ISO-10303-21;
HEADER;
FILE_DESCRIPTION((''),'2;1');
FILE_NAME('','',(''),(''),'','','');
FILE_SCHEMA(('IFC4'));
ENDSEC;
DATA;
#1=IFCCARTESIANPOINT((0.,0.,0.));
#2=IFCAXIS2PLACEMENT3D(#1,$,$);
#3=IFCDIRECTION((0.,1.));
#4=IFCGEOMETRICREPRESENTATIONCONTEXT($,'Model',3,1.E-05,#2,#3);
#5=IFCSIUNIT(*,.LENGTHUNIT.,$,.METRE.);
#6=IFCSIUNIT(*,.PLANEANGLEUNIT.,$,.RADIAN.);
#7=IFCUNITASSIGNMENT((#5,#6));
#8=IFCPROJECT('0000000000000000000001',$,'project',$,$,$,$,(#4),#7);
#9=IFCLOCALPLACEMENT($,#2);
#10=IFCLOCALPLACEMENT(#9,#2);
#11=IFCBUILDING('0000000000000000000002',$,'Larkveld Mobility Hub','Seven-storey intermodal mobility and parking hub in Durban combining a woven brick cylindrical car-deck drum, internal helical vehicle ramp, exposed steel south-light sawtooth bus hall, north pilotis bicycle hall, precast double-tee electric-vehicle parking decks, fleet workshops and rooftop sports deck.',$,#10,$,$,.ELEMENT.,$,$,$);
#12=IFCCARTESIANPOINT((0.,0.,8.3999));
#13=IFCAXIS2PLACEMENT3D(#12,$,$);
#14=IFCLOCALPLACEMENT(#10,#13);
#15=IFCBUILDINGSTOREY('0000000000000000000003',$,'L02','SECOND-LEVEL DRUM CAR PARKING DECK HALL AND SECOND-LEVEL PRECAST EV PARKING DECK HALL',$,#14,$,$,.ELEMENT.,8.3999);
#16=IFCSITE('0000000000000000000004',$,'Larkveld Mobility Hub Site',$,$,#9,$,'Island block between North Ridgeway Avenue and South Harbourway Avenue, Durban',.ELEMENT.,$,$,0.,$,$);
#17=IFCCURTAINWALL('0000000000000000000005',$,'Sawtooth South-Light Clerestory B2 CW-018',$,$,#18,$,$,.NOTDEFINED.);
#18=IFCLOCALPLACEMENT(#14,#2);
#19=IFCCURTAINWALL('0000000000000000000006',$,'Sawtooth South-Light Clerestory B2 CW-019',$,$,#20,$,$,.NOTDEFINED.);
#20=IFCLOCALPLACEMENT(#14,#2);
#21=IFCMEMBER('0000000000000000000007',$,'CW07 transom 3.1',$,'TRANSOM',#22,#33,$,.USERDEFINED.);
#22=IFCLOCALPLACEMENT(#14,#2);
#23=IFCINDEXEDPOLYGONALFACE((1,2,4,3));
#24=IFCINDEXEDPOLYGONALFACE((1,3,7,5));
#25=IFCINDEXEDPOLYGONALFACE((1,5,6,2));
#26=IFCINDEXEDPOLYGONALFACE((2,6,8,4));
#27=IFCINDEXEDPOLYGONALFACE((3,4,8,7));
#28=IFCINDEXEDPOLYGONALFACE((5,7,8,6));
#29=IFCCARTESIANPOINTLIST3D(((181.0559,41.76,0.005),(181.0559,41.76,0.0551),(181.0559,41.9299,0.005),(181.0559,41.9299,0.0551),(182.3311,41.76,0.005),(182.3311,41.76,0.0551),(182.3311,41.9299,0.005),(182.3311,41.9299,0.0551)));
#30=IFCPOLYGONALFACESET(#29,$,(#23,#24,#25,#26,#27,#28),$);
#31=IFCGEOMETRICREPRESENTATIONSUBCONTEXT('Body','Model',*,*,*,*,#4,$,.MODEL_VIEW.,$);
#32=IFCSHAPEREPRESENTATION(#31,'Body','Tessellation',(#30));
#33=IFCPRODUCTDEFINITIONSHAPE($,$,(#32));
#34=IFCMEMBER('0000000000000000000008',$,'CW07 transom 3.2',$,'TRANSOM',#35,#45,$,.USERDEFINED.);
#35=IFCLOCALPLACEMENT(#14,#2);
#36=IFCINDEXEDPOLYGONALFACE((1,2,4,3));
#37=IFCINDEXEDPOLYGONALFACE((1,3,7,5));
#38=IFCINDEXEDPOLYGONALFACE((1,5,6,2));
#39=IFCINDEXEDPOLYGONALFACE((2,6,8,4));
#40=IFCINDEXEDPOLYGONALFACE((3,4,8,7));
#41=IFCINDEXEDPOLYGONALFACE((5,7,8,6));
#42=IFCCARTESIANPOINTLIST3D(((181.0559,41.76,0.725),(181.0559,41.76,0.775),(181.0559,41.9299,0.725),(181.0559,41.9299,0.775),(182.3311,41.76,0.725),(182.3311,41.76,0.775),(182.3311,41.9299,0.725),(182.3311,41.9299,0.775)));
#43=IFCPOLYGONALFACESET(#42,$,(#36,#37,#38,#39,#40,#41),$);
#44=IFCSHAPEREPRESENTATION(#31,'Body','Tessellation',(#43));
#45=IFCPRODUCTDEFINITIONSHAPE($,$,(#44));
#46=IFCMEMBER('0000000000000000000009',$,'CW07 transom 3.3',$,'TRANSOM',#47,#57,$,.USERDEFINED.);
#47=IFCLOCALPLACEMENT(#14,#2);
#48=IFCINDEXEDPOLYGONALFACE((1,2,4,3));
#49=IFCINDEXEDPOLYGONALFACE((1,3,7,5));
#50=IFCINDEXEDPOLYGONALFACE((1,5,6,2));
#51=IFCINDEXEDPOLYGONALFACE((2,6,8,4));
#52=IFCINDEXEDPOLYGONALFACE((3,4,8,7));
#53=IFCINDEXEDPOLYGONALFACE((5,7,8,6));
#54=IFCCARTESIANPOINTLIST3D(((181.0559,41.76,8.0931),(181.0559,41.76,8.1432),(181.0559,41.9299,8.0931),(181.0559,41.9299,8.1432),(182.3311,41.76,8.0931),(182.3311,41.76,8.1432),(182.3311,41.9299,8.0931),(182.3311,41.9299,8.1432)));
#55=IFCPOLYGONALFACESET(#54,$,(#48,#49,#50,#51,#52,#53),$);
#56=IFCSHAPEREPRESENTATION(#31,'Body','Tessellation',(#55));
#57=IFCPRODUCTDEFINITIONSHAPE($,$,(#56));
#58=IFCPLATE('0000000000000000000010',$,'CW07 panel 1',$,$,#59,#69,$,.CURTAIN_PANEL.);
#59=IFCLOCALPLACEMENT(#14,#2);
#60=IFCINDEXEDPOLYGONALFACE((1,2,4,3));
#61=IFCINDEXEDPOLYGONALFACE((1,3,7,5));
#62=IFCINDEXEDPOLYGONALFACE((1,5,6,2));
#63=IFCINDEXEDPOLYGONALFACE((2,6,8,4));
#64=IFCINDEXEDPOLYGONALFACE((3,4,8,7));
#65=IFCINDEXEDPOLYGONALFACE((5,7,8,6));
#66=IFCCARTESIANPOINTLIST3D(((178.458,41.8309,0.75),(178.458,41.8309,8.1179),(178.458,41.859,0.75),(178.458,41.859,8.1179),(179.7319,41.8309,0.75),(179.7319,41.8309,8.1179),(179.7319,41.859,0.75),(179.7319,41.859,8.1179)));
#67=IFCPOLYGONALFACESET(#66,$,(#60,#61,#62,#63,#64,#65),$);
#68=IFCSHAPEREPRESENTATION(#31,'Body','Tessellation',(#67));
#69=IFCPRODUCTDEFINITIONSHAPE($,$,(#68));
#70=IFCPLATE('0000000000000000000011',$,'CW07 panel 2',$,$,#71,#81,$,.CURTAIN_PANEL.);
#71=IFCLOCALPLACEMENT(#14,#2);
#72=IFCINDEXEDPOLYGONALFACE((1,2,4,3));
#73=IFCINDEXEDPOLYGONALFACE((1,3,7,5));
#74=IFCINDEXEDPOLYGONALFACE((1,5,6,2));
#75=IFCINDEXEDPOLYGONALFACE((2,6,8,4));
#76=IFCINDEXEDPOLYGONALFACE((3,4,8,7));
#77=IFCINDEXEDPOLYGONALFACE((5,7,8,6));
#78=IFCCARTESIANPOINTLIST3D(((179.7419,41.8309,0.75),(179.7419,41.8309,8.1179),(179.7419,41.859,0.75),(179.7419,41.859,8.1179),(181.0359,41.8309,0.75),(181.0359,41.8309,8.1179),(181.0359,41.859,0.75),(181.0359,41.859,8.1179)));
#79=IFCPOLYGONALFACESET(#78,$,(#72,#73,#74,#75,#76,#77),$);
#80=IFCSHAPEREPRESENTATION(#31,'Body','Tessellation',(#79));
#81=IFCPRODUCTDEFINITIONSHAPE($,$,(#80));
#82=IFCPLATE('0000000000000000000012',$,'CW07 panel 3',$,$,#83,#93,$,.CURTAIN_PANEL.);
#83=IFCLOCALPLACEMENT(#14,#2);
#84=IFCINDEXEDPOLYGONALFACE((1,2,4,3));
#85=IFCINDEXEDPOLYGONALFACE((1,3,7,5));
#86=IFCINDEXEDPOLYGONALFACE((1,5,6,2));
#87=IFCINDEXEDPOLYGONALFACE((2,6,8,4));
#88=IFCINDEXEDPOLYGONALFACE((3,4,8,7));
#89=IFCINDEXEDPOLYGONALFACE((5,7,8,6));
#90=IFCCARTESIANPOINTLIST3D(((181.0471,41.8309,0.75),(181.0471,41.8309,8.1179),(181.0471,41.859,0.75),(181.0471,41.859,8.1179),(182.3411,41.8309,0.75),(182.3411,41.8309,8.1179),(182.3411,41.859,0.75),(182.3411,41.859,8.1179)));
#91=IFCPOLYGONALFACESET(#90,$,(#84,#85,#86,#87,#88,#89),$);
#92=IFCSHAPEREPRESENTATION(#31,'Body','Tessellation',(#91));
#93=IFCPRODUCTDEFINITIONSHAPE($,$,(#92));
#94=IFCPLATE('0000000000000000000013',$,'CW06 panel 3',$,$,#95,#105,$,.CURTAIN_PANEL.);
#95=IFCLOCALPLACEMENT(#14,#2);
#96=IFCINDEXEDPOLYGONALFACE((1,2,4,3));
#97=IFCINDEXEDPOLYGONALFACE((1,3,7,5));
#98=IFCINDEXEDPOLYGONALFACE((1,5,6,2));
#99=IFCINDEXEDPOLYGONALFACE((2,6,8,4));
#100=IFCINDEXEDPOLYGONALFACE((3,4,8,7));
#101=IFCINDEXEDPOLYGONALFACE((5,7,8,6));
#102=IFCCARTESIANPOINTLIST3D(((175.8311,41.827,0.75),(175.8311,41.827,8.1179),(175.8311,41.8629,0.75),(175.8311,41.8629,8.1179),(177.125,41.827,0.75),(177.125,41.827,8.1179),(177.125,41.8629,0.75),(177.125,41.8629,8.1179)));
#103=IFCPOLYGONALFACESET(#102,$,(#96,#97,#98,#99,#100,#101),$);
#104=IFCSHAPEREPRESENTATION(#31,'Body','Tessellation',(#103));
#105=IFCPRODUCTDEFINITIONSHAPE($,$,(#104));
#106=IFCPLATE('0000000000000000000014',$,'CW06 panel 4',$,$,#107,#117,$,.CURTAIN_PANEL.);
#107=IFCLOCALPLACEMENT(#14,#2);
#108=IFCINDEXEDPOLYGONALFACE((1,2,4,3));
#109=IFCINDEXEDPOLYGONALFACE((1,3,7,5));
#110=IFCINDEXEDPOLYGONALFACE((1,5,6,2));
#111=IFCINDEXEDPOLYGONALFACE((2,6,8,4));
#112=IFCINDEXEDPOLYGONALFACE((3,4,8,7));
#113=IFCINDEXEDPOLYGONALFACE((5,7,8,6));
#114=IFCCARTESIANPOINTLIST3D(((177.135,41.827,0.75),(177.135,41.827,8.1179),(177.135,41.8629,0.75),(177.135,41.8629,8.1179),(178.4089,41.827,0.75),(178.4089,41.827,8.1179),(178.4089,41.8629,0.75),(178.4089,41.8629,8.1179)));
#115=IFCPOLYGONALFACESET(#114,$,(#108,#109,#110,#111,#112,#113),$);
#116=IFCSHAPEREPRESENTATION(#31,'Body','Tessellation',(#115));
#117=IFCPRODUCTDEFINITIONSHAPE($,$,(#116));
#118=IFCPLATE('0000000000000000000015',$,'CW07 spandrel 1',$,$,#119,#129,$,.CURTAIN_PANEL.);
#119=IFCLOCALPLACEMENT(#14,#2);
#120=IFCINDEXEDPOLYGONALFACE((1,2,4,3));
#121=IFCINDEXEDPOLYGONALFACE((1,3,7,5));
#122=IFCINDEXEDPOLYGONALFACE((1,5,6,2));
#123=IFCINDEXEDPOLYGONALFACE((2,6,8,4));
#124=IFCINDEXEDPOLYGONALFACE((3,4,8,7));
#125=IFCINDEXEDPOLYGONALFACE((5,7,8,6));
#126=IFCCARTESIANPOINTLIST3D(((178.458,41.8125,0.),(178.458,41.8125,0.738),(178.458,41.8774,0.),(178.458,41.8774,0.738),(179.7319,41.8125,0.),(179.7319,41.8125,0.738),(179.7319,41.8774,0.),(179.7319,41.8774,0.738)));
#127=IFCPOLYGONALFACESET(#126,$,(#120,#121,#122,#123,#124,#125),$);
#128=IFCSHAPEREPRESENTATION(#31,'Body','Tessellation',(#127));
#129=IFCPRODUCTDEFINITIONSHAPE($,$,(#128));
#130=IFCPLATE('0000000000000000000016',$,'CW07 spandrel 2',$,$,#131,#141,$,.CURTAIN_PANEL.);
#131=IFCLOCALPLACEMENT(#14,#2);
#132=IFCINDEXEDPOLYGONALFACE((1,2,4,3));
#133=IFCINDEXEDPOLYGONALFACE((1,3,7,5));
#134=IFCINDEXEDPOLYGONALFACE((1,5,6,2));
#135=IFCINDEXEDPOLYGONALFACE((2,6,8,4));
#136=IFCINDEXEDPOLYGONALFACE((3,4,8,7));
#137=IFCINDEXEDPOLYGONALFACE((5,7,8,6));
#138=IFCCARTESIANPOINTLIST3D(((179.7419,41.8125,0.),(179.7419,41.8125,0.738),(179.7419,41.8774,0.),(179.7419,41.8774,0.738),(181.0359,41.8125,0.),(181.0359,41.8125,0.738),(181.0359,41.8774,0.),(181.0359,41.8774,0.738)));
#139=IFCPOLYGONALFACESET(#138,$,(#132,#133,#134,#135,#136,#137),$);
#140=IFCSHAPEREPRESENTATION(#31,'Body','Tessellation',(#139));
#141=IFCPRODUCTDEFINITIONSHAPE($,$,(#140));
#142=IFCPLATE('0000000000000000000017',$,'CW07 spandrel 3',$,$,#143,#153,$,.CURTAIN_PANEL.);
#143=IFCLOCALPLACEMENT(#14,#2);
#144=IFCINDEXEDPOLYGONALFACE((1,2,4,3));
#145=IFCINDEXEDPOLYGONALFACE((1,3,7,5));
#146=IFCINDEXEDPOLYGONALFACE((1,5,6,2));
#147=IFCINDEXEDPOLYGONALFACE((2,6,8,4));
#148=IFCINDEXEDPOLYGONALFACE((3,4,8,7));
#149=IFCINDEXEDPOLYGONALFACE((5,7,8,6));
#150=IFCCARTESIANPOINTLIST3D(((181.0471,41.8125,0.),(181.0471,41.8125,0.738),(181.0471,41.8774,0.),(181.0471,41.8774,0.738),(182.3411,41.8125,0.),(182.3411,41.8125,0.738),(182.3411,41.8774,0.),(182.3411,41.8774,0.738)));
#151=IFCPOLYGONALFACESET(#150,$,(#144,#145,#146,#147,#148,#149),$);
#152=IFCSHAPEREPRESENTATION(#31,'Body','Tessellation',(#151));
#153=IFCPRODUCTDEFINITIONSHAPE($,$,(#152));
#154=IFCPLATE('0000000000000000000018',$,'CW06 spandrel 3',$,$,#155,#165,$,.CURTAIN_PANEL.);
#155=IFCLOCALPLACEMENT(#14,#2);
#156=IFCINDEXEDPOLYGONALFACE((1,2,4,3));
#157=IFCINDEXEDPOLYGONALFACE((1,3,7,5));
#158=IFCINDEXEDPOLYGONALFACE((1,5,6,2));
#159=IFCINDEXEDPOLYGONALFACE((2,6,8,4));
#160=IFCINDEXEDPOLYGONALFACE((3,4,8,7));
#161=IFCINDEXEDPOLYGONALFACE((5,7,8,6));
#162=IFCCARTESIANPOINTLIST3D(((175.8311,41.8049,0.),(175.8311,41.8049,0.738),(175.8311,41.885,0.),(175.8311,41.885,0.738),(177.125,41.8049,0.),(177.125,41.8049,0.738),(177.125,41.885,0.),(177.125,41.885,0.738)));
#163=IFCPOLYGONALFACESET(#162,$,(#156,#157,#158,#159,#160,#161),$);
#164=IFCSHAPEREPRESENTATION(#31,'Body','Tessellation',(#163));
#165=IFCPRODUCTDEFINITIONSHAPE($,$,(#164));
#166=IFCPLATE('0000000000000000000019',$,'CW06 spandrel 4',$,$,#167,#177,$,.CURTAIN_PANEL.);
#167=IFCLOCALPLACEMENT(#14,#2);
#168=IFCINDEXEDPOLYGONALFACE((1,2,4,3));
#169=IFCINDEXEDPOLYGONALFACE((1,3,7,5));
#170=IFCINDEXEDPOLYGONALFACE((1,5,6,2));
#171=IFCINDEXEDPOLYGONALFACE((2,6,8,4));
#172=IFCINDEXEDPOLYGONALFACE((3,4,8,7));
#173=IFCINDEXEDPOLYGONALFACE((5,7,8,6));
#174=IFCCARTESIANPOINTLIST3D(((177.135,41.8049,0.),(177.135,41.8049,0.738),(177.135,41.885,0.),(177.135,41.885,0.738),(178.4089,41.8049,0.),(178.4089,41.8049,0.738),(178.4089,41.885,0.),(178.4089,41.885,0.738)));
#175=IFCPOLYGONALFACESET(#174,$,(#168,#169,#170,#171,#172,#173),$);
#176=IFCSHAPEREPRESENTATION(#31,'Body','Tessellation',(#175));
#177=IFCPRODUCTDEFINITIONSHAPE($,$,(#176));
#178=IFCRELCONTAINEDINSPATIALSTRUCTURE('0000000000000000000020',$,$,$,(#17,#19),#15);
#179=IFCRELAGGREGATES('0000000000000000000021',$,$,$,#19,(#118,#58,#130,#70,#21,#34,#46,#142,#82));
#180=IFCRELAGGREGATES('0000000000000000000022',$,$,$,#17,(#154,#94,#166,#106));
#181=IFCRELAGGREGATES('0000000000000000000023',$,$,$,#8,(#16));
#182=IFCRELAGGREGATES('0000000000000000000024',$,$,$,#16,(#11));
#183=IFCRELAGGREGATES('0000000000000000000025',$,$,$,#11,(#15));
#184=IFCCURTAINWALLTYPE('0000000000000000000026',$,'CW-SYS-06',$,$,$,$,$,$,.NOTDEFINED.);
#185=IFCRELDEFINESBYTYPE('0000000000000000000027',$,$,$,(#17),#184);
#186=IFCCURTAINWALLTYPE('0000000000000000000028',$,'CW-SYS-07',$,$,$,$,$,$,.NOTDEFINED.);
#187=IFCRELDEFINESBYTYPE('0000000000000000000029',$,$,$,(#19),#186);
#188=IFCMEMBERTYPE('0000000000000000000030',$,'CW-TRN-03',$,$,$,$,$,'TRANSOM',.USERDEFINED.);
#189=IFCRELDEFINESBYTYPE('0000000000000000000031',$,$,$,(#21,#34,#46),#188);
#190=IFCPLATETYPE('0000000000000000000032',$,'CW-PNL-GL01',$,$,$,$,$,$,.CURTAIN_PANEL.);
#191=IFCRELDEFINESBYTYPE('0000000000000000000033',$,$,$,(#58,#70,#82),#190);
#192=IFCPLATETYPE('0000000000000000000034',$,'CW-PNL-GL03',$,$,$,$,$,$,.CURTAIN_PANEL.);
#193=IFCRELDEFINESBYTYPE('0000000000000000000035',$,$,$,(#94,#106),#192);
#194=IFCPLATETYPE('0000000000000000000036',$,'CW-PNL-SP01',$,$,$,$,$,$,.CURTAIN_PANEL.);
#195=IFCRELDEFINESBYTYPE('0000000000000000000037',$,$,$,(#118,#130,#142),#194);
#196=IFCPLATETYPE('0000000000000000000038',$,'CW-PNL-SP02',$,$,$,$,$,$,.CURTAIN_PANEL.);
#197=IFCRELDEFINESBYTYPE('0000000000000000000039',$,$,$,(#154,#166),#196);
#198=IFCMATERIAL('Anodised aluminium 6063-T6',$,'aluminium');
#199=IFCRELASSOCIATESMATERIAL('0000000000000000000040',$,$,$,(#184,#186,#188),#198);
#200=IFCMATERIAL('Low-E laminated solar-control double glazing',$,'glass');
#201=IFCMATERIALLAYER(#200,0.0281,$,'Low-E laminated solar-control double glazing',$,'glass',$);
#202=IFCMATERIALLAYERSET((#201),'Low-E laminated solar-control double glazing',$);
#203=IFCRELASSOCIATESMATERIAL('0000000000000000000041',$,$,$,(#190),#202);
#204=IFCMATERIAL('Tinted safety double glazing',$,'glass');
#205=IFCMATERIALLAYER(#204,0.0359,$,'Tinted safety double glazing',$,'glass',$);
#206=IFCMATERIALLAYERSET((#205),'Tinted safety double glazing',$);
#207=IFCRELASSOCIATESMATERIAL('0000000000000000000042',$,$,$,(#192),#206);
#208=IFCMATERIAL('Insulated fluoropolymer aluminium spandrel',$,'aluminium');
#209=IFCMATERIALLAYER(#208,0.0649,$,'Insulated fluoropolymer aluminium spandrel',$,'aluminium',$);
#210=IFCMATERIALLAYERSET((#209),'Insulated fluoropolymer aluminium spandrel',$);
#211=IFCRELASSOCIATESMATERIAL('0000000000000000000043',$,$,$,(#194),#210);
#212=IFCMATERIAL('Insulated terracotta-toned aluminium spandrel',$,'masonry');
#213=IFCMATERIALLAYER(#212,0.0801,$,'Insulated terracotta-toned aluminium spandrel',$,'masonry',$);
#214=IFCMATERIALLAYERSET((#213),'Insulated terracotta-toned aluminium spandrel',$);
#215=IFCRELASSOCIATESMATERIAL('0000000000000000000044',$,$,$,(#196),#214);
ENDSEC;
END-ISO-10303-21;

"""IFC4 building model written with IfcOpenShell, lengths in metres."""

from ifc_helpers import new_model, si_unit, direction, frame, origin, origin_2d, place, context, subcontext, project, spatial, rectangle, extrude, material, layer, layer_set, material_profile, profile_set, type_object, element, aggregate, save


model = new_model("IFC4")

# Units and contexts
model_context = context("Model", 3, precision=1e-05, world=origin(), true_north=direction((0.0, 1.0)))
body_context = subcontext(model_context, "Body", "Model", "MODEL_VIEW")
ifc_project = project(units=[si_unit("LENGTHUNIT", "METRE"), si_unit("PLANEANGLEUNIT", "RADIAN")], contexts=[model_context])

# Site, building, storey
site_placement = place(None, origin())
site = spatial("IfcSite", under=ifc_project, at=site_placement, Name="Larkveld Mobility Hub Site", LongName="Island block between North Ridgeway Avenue and South Harbourway Avenue, Durban", CompositionType="ELEMENT", RefElevation=0.0)
building_placement = place(site_placement, origin())
building = spatial("IfcBuilding", under=site, at=building_placement, Name="Larkveld Mobility Hub", Description="Seven-storey intermodal mobility and parking hub in Durban combining a woven brick cylindrical car-deck drum, internal helical vehicle ramp, exposed steel south-light sawtooth bus hall, north pilotis bicycle hall, precast double-tee electric-vehicle parking decks, fleet workshops and rooftop sports deck.", CompositionType="ELEMENT")
storey_placement = place(building_placement, frame((0.0, 0.0, 8.3999)))
storey = spatial("IfcBuildingStorey", under=building, at=storey_placement, Name="L02", Description="SECOND-LEVEL DRUM CAR PARKING DECK HALL AND SECOND-LEVEL PRECAST EV PARKING DECK HALL", CompositionType="ELEMENT", Elevation=8.3999)

# Curtain walls
ifc_material_1 = material(Name="Anodised aluminium 6063-T6", Category="aluminium")
curtain_wall_type_1 = type_object("IfcCurtainWallType", Name="CW-SYS-06", PredefinedType="NOTDEFINED", material=ifc_material_1)
curtain_wall_1_placement = place(storey_placement, origin())
curtain_wall_1 = element("IfcCurtainWall", 1, at=curtain_wall_1_placement, inside=storey, type_object=curtain_wall_type_1, Name="Sawtooth South-Light Clerestory B2 CW-018", PredefinedType="NOTDEFINED")
curtain_wall_type_2 = type_object("IfcCurtainWallType", Name="CW-SYS-07", PredefinedType="NOTDEFINED", material=ifc_material_1)
curtain_wall_2_placement = place(storey_placement, origin())
curtain_wall_2 = element("IfcCurtainWall", 2, at=curtain_wall_2_placement, inside=storey, type_object=curtain_wall_type_2, Name="Sawtooth South-Light Clerestory B2 CW-019", PredefinedType="NOTDEFINED")

# Members
ifc_material_profile_1 = material_profile(ifc_material_1, rectangle(XDim=0.1699, YDim=0.05, at=origin_2d()), Name="ALU TRAN 50x170")
ifc_profile_set_1 = profile_set([ifc_material_profile_1], Name="Anodised aluminium 6063-T6")
member_type_1 = type_object("IfcMemberType", Name="CW-TRN-03", ElementType="TRANSOM", PredefinedType="USERDEFINED", material=ifc_profile_set_1)
member_1_placement = place(storey_placement, frame((181.0559, 41.845, 0.03), z_axis=(1.0, 0.0, 0.0), x_axis=(0.0, 1.0, 0.0)))
member_1 = element("IfcMember", 3, at=member_1_placement, type_object=member_type_1, Name="CW07 transom 3.1", ObjectType="TRANSOM", PredefinedType="USERDEFINED", context=body_context, shape_type="SweptSolid", body=[
    extrude(rectangle(XDim=0.1699, YDim=0.05, at=origin_2d()), origin(), (0.0, 0.0, 1.0), 1.2751),
])
member_2_placement = place(storey_placement, frame((181.0559, 41.845, 0.75), z_axis=(1.0, 0.0, 0.0), x_axis=(0.0, 1.0, 0.0)))
member_2 = element("IfcMember", 4, at=member_2_placement, type_object=member_type_1, Name="CW07 transom 3.2", ObjectType="TRANSOM", PredefinedType="USERDEFINED", context=body_context, shape_type="SweptSolid", body=[
    extrude(rectangle(XDim=0.1699, YDim=0.05, at=origin_2d()), origin(), (0.0, 0.0, 1.0), 1.2751),
])
member_3_placement = place(storey_placement, frame((181.0559, 41.845, 8.1182), z_axis=(1.0, 0.0, 0.0), x_axis=(0.0, 1.0, 0.0)))
member_3 = element("IfcMember", 5, at=member_3_placement, type_object=member_type_1, Name="CW07 transom 3.3", ObjectType="TRANSOM", PredefinedType="USERDEFINED", context=body_context, shape_type="SweptSolid", body=[
    extrude(rectangle(XDim=0.1699, YDim=0.05, at=origin_2d()), origin(), (0.0, 0.0, 1.0), 1.2751),
])

# Plates
ifc_material_2 = material(Name="Low-E laminated solar-control double glazing", Category="glass")
ifc_layer_1 = layer(ifc_material_2, 0.0281, Name="Low-E laminated solar-control double glazing", Category="glass")
ifc_layer_set_1 = layer_set([ifc_layer_1], Name="Low-E laminated solar-control double glazing")
plate_type_1 = type_object("IfcPlateType", Name="CW-PNL-GL01", PredefinedType="CURTAIN_PANEL", material=ifc_layer_set_1)
plate_1_placement = place(storey_placement, frame((179.095, 41.845, 0.75), z_axis=(0.0, 0.0, 1.0), x_axis=(1.0, 0.0, 0.0)))
plate_1 = element("IfcPlate", 6, at=plate_1_placement, type_object=plate_type_1, Name="CW07 panel 1", PredefinedType="CURTAIN_PANEL", context=body_context, shape_type="SweptSolid", body=[
    extrude(rectangle(XDim=1.2739, YDim=0.0281, at=origin_2d()), origin(), (0.0, 0.0, 1.0), 7.3679),
])
plate_2_placement = place(storey_placement, frame((180.3889, 41.845, 0.75), z_axis=(0.0, 0.0, 1.0), x_axis=(1.0, 0.0, 0.0)))
plate_2 = element("IfcPlate", 7, at=plate_2_placement, type_object=plate_type_1, Name="CW07 panel 2", PredefinedType="CURTAIN_PANEL", context=body_context, shape_type="SweptSolid", body=[
    extrude(rectangle(XDim=1.2939, YDim=0.0281, at=origin_2d()), origin(), (0.0, 0.0, 1.0), 7.3679),
])
plate_3_placement = place(storey_placement, frame((181.6941, 41.845, 0.75), z_axis=(0.0, 0.0, 1.0), x_axis=(1.0, 0.0, 0.0)))
plate_3 = element("IfcPlate", 8, at=plate_3_placement, type_object=plate_type_1, Name="CW07 panel 3", PredefinedType="CURTAIN_PANEL", context=body_context, shape_type="SweptSolid", body=[
    extrude(rectangle(XDim=1.2939, YDim=0.0281, at=origin_2d()), origin(), (0.0, 0.0, 1.0), 7.3679),
])
ifc_material_3 = material(Name="Tinted safety double glazing", Category="glass")
ifc_layer_2 = layer(ifc_material_3, 0.0359, Name="Tinted safety double glazing", Category="glass")
ifc_layer_set_2 = layer_set([ifc_layer_2], Name="Tinted safety double glazing")
plate_type_2 = type_object("IfcPlateType", Name="CW-PNL-GL03", PredefinedType="CURTAIN_PANEL", material=ifc_layer_set_2)
plate_4_placement = place(storey_placement, frame((176.478, 41.845, 0.75), z_axis=(0.0, 0.0, 1.0), x_axis=(1.0, 0.0, 0.0)))
plate_4 = element("IfcPlate", 9, at=plate_4_placement, type_object=plate_type_2, Name="CW06 panel 3", PredefinedType="CURTAIN_PANEL", context=body_context, shape_type="SweptSolid", body=[
    extrude(rectangle(XDim=1.2939, YDim=0.0359, at=origin_2d()), origin(), (0.0, 0.0, 1.0), 7.3679),
])
plate_5_placement = place(storey_placement, frame((177.772, 41.845, 0.75), z_axis=(0.0, 0.0, 1.0), x_axis=(1.0, 0.0, 0.0)))
plate_5 = element("IfcPlate", 10, at=plate_5_placement, type_object=plate_type_2, Name="CW06 panel 4", PredefinedType="CURTAIN_PANEL", context=body_context, shape_type="SweptSolid", body=[
    extrude(rectangle(XDim=1.2739, YDim=0.0359, at=origin_2d()), origin(), (0.0, 0.0, 1.0), 7.3679),
])
ifc_material_4 = material(Name="Insulated fluoropolymer aluminium spandrel", Category="aluminium")
ifc_layer_3 = layer(ifc_material_4, 0.0649, Name="Insulated fluoropolymer aluminium spandrel", Category="aluminium")
ifc_layer_set_3 = layer_set([ifc_layer_3], Name="Insulated fluoropolymer aluminium spandrel")
plate_type_3 = type_object("IfcPlateType", Name="CW-PNL-SP01", PredefinedType="CURTAIN_PANEL", material=ifc_layer_set_3)
plate_6_placement = place(storey_placement, frame((179.095, 41.845, 0.0), z_axis=(0.0, 0.0, 1.0), x_axis=(1.0, 0.0, 0.0)))
plate_6 = element("IfcPlate", 11, at=plate_6_placement, type_object=plate_type_3, Name="CW07 spandrel 1", PredefinedType="CURTAIN_PANEL", context=body_context, shape_type="SweptSolid", body=[
    extrude(rectangle(XDim=1.2739, YDim=0.0649, at=origin_2d()), origin(), (0.0, 0.0, 1.0), 0.738),
])
plate_7_placement = place(storey_placement, frame((180.3889, 41.845, 0.0), z_axis=(0.0, 0.0, 1.0), x_axis=(1.0, 0.0, 0.0)))
plate_7 = element("IfcPlate", 12, at=plate_7_placement, type_object=plate_type_3, Name="CW07 spandrel 2", PredefinedType="CURTAIN_PANEL", context=body_context, shape_type="SweptSolid", body=[
    extrude(rectangle(XDim=1.2939, YDim=0.0649, at=origin_2d()), origin(), (0.0, 0.0, 1.0), 0.738),
])
plate_8_placement = place(storey_placement, frame((181.6941, 41.845, 0.0), z_axis=(0.0, 0.0, 1.0), x_axis=(1.0, 0.0, 0.0)))
plate_8 = element("IfcPlate", 13, at=plate_8_placement, type_object=plate_type_3, Name="CW07 spandrel 3", PredefinedType="CURTAIN_PANEL", context=body_context, shape_type="SweptSolid", body=[
    extrude(rectangle(XDim=1.2939, YDim=0.0649, at=origin_2d()), origin(), (0.0, 0.0, 1.0), 0.738),
])
aggregate(curtain_wall_2, [plate_6, plate_1, plate_7, plate_2, member_1, member_2, member_3, plate_8, plate_3])
ifc_material_5 = material(Name="Insulated terracotta-toned aluminium spandrel", Category="masonry")
ifc_layer_4 = layer(ifc_material_5, 0.0801, Name="Insulated terracotta-toned aluminium spandrel", Category="masonry")
ifc_layer_set_4 = layer_set([ifc_layer_4], Name="Insulated terracotta-toned aluminium spandrel")
plate_type_4 = type_object("IfcPlateType", Name="CW-PNL-SP02", PredefinedType="CURTAIN_PANEL", material=ifc_layer_set_4)
plate_9_placement = place(storey_placement, frame((176.478, 41.845, 0.0), z_axis=(0.0, 0.0, 1.0), x_axis=(1.0, 0.0, 0.0)))
plate_9 = element("IfcPlate", 14, at=plate_9_placement, type_object=plate_type_4, Name="CW06 spandrel 3", PredefinedType="CURTAIN_PANEL", context=body_context, shape_type="SweptSolid", body=[
    extrude(rectangle(XDim=1.2939, YDim=0.0801, at=origin_2d()), origin(), (0.0, 0.0, 1.0), 0.738),
])
plate_10_placement = place(storey_placement, frame((177.772, 41.845, 0.0), z_axis=(0.0, 0.0, 1.0), x_axis=(1.0, 0.0, 0.0)))
plate_10 = element("IfcPlate", 15, at=plate_10_placement, type_object=plate_type_4, Name="CW06 spandrel 4", PredefinedType="CURTAIN_PANEL", context=body_context, shape_type="SweptSolid", body=[
    extrude(rectangle(XDim=1.2739, YDim=0.0801, at=origin_2d()), origin(), (0.0, 0.0, 1.0), 0.738),
])
aggregate(curtain_wall_1, [plate_9, plate_4, plate_10, plate_5])

save(model, "model.ifc")
